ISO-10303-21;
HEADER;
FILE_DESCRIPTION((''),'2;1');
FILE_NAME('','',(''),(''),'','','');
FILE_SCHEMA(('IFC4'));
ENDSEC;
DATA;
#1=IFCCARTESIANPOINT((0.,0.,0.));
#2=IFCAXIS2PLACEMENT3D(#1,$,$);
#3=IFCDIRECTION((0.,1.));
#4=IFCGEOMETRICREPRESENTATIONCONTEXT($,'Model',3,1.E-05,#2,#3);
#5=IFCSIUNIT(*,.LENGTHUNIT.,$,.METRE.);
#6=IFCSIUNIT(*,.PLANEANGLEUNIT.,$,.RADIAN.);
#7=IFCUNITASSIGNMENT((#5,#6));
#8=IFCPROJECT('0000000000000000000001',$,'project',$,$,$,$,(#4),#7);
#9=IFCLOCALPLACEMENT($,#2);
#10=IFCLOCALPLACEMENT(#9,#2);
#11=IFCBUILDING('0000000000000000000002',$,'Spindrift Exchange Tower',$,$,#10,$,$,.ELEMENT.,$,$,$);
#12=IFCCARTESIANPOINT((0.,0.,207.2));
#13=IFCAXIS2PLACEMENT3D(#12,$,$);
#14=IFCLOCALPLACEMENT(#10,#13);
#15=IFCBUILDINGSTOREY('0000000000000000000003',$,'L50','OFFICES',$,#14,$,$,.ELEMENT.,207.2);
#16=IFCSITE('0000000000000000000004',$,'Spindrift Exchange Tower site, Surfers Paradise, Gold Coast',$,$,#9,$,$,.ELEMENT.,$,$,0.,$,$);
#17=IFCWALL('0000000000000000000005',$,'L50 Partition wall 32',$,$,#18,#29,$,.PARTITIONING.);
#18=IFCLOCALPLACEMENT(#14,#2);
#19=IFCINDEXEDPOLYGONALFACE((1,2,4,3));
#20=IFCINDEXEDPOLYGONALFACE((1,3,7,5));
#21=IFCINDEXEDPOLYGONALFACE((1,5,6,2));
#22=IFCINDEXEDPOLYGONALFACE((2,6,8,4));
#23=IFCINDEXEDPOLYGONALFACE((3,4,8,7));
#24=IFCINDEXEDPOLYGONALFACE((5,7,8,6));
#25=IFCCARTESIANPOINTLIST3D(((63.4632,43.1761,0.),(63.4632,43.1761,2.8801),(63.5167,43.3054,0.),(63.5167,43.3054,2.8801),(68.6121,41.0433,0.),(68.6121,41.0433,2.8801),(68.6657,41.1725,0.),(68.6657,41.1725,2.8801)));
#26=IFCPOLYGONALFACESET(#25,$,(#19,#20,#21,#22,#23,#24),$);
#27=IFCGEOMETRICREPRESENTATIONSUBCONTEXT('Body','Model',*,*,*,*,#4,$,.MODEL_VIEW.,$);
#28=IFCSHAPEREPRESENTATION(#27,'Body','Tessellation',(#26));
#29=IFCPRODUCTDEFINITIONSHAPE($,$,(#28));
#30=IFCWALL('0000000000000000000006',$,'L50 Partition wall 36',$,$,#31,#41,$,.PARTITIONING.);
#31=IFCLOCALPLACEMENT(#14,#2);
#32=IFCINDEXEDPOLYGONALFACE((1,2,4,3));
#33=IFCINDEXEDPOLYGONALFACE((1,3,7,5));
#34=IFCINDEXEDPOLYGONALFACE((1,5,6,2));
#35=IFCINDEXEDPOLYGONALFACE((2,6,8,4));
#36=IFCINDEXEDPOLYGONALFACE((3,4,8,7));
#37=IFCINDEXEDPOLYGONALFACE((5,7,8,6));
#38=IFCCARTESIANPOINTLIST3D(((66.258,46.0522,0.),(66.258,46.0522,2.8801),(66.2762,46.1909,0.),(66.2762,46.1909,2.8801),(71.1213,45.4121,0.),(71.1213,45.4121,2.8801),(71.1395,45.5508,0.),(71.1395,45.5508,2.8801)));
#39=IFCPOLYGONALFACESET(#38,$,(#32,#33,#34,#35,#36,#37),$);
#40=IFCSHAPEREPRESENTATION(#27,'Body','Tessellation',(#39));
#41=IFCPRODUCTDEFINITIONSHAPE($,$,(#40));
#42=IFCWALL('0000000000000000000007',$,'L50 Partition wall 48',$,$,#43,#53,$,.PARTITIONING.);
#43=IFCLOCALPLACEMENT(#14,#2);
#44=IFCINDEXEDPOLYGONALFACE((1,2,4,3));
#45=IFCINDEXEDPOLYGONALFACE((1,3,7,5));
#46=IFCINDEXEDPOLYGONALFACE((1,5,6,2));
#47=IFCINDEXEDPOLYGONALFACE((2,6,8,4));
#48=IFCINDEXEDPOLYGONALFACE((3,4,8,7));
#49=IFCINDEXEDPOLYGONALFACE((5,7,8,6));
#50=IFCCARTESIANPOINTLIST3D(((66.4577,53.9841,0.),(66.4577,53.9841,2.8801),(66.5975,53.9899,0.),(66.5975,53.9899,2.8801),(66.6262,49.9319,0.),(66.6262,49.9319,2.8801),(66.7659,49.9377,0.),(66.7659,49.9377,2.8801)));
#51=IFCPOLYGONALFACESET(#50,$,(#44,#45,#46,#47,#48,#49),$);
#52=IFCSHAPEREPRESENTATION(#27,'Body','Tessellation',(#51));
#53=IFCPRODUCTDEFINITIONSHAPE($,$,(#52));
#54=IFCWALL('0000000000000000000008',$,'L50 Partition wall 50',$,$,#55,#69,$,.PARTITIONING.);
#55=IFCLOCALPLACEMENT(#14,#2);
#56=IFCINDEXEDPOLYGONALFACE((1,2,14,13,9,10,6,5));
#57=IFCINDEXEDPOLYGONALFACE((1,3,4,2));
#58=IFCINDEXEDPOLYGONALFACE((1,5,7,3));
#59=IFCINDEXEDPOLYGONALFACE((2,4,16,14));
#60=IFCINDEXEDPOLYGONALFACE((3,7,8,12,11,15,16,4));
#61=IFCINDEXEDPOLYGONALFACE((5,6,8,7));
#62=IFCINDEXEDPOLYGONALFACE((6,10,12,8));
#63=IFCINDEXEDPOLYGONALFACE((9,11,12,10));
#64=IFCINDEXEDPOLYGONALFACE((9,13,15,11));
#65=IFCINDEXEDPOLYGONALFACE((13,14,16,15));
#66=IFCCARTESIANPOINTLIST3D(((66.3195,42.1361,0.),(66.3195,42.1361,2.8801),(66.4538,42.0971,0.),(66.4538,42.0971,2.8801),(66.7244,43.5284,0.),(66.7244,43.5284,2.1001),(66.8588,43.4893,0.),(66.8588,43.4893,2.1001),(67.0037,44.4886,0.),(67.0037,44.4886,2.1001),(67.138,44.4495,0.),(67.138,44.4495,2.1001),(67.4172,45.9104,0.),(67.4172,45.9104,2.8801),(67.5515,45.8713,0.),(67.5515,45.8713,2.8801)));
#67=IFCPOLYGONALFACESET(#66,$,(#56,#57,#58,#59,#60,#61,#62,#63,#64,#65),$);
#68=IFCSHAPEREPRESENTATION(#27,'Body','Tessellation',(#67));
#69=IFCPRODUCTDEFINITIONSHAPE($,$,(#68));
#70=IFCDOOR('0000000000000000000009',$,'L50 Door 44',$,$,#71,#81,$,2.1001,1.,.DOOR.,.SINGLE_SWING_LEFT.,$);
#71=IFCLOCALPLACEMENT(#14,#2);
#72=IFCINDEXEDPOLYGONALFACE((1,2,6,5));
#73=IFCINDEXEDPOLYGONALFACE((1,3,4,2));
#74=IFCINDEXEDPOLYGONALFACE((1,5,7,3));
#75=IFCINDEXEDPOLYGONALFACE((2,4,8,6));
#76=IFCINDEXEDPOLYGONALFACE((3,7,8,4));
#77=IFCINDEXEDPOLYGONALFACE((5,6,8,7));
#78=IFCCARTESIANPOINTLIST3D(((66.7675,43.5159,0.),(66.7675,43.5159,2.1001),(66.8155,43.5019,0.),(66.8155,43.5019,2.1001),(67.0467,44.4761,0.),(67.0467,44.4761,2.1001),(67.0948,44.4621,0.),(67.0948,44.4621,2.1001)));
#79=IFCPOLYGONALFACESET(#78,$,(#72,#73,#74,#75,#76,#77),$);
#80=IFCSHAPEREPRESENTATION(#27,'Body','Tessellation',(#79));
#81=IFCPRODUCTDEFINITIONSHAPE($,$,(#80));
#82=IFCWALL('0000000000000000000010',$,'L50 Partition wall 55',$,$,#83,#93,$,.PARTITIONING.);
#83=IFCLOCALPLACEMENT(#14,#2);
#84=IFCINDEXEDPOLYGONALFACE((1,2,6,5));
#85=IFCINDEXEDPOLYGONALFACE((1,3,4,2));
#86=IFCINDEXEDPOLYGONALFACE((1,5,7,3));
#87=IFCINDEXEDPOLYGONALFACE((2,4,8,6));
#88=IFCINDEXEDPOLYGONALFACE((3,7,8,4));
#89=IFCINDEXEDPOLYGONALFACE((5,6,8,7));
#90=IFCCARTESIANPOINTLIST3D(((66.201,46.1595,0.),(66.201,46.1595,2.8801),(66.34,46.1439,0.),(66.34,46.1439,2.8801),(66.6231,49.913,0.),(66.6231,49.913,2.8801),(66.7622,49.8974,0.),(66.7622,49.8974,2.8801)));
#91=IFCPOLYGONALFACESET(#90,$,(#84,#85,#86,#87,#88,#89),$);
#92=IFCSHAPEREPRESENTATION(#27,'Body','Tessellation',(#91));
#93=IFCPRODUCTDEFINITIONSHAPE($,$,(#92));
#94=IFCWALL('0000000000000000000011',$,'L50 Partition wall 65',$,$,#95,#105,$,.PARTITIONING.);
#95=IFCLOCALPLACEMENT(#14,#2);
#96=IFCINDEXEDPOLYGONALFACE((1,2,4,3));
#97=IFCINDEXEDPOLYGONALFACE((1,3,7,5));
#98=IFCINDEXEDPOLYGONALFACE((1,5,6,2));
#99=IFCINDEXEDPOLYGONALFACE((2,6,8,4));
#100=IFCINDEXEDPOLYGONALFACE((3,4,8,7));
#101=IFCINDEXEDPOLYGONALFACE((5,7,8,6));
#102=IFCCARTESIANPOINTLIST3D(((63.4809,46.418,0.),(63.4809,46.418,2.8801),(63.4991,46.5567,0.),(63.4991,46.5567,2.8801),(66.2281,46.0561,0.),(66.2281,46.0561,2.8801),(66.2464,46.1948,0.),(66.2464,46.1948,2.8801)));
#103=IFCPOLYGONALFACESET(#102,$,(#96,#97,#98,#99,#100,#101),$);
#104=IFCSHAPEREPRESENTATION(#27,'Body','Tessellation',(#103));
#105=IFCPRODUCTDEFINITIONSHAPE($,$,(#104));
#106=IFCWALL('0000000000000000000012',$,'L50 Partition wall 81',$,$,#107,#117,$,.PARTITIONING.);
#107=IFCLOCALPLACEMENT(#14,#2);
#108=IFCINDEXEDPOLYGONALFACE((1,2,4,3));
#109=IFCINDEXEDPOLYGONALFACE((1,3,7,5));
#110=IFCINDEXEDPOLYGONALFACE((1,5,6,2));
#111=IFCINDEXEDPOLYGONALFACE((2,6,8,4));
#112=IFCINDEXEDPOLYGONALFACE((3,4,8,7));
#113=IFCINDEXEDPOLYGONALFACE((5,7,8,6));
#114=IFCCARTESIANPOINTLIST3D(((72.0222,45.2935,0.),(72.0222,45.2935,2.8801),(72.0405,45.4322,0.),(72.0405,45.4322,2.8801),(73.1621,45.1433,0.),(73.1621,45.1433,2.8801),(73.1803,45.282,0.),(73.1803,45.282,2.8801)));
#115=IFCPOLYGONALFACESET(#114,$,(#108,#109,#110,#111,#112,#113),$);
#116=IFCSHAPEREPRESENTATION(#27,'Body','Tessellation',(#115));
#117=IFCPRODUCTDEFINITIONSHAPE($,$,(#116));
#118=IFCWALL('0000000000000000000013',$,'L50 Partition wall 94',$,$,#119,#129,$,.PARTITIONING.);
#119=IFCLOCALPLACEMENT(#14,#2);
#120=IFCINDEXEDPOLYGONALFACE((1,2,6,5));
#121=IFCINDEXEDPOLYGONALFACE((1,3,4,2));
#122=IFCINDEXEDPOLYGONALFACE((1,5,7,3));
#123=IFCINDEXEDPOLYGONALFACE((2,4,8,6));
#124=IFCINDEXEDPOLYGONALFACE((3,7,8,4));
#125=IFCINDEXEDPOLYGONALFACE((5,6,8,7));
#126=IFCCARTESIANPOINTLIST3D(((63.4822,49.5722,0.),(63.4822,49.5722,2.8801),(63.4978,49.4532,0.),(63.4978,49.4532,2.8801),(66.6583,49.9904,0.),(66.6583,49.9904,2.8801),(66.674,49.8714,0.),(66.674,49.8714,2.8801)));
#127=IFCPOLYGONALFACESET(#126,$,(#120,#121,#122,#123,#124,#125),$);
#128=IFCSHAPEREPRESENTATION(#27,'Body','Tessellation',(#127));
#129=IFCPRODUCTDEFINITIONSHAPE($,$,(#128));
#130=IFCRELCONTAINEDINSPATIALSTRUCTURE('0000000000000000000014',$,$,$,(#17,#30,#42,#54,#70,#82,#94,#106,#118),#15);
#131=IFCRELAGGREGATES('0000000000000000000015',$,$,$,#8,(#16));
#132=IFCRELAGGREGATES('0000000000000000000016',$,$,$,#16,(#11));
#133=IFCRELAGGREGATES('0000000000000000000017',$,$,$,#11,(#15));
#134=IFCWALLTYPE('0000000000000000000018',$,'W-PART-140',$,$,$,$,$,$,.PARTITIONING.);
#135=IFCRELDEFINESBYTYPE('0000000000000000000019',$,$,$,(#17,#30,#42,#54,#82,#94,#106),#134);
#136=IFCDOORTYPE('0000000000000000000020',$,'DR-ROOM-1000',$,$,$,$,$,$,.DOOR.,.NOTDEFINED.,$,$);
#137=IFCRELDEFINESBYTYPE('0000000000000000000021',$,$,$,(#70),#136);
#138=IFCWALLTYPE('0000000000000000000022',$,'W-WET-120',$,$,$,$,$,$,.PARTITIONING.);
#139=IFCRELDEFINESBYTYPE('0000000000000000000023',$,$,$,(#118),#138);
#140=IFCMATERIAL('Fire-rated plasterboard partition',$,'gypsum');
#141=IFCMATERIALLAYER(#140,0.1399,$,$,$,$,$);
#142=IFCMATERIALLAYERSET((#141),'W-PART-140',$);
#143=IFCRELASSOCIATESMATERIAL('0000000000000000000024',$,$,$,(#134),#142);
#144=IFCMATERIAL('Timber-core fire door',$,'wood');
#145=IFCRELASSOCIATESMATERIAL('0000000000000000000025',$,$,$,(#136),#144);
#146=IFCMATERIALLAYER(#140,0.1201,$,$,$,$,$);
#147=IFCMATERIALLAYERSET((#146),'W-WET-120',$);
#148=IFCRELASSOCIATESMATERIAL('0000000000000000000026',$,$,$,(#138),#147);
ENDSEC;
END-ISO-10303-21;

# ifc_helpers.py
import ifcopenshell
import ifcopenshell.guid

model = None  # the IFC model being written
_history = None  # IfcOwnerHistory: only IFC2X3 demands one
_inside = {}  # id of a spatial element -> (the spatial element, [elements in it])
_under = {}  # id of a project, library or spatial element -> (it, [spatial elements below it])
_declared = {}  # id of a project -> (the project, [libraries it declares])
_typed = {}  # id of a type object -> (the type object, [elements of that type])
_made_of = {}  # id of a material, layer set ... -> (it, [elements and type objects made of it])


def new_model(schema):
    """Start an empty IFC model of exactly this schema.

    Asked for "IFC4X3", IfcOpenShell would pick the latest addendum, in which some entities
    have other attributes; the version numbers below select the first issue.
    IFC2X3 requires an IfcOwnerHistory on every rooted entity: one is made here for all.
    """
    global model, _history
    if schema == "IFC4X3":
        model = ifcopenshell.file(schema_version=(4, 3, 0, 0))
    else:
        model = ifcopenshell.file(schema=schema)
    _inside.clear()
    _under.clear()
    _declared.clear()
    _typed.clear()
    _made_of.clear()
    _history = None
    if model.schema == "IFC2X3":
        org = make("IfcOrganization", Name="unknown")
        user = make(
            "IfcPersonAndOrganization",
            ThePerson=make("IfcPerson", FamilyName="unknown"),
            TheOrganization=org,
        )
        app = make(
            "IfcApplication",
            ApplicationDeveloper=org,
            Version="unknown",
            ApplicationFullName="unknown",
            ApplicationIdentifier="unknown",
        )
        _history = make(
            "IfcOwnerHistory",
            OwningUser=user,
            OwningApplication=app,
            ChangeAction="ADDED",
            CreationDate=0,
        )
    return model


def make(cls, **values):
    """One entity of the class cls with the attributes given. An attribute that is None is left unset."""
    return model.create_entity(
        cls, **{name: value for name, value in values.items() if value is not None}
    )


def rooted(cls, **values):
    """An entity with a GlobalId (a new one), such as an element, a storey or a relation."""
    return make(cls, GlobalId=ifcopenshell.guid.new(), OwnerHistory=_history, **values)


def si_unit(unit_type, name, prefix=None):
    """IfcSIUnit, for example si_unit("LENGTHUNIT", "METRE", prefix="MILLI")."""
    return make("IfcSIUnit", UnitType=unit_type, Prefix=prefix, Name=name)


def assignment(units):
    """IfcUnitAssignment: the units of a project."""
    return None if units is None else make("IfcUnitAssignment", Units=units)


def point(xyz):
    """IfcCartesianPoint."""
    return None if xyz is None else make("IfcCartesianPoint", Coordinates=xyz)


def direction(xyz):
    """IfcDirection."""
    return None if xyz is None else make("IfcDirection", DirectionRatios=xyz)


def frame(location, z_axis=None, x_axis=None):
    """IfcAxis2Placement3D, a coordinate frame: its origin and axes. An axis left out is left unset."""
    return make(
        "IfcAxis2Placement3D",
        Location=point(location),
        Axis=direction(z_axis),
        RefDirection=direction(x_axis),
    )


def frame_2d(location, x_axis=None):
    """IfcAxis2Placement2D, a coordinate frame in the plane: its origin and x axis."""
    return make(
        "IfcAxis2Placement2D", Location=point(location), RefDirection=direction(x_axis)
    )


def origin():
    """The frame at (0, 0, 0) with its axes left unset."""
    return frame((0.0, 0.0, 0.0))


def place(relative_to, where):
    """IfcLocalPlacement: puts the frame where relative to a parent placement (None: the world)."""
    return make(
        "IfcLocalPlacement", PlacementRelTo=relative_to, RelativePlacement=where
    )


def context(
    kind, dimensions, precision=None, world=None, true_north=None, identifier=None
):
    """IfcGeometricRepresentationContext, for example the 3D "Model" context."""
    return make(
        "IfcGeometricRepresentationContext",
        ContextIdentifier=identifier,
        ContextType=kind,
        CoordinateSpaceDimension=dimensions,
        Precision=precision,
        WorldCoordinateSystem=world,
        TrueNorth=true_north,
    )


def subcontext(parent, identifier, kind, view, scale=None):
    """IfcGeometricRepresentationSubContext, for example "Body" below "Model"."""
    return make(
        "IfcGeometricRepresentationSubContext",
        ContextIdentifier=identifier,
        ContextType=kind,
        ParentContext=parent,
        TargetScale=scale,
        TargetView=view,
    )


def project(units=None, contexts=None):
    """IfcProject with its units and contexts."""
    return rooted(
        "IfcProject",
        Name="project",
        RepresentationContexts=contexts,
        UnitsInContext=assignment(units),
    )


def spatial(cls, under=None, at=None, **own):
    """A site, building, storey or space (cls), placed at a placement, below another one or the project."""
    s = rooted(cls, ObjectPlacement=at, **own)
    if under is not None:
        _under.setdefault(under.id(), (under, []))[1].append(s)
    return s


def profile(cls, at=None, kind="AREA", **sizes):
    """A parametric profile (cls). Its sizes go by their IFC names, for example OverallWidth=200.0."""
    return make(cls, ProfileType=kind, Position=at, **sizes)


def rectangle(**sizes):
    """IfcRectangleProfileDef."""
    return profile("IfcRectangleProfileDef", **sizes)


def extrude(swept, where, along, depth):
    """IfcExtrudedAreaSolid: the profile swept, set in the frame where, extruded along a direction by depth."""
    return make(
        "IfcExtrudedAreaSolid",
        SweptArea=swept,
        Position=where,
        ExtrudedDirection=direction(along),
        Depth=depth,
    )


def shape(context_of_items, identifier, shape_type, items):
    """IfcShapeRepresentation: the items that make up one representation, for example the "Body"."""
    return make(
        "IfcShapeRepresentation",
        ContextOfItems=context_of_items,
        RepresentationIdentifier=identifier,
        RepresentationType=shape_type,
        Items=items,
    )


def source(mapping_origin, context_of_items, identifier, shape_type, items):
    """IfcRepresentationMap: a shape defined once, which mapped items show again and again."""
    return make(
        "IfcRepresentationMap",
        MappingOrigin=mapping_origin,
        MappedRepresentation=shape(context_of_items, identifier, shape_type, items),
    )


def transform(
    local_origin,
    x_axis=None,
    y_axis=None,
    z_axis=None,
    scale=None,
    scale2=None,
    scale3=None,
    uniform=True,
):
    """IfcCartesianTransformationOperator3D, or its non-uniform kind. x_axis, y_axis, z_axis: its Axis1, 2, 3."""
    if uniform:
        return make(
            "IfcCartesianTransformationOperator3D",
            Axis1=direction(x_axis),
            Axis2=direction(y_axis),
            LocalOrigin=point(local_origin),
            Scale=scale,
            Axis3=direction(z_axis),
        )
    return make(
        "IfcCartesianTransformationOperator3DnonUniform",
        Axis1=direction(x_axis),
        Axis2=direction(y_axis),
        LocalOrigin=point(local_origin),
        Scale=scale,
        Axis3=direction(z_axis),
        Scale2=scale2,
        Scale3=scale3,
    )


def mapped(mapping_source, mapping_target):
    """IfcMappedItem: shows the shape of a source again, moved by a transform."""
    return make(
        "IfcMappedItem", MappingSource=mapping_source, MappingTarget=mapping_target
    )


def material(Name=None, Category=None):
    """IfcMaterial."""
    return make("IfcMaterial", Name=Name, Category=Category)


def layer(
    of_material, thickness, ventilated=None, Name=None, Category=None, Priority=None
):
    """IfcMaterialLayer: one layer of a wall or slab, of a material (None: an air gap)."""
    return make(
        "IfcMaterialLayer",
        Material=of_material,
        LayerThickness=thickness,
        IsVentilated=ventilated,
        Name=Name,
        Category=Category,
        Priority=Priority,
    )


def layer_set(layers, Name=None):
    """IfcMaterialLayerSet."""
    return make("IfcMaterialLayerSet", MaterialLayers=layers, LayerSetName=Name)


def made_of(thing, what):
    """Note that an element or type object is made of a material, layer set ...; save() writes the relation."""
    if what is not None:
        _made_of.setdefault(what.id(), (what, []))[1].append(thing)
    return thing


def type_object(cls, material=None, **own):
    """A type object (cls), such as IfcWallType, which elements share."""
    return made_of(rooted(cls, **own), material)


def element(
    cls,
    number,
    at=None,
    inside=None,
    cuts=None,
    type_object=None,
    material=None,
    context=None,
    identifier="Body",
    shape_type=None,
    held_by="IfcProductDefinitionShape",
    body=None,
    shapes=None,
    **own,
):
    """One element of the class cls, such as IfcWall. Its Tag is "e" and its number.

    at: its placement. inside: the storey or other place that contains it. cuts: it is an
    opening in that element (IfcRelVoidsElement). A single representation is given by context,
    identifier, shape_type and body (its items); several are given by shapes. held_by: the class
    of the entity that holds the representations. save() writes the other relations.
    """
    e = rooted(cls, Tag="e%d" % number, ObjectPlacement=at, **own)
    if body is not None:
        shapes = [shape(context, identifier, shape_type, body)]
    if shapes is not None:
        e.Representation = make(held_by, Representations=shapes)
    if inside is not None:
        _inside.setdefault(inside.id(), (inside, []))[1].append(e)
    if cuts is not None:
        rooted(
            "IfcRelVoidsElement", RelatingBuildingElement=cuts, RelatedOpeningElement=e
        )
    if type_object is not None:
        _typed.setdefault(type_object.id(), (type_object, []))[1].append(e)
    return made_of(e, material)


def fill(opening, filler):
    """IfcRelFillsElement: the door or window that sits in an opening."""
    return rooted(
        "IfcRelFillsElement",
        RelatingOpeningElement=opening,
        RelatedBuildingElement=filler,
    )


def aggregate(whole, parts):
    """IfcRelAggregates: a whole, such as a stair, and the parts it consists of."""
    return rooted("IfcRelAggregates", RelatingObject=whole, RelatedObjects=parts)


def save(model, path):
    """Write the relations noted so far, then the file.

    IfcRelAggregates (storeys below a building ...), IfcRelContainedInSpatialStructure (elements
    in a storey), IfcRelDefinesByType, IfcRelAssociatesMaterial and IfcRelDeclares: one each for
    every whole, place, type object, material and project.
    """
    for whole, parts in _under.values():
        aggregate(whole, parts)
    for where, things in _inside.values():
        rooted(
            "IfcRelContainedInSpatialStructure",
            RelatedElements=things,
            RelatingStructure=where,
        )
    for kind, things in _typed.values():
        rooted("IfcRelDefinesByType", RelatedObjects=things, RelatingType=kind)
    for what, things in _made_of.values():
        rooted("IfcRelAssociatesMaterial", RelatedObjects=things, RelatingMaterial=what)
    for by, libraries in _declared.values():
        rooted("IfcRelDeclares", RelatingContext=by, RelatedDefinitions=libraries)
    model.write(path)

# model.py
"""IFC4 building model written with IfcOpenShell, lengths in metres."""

from ifc_helpers import new_model, si_unit, direction, frame, frame_2d, origin, place, context, subcontext, project, spatial, rectangle, extrude, source, transform, mapped, material, layer, layer_set, type_object, element, fill, save


model = new_model("IFC4")

# Units and contexts
model_context = context("Model", 3, precision=1e-05, world=origin(), true_north=direction((0.0, 1.0)))
body_context = subcontext(model_context, "Body", "Model", "MODEL_VIEW")
ifc_project = project(units=[si_unit("LENGTHUNIT", "METRE"), si_unit("PLANEANGLEUNIT", "RADIAN")], contexts=[model_context])

# Site, building, storey
site_placement = place(None, origin())
site = spatial("IfcSite", under=ifc_project, at=site_placement, Name="Spindrift Exchange Tower site, Surfers Paradise, Gold Coast", CompositionType="ELEMENT", RefElevation=0.0)
building_placement = place(site_placement, origin())
building = spatial("IfcBuilding", under=site, at=building_placement, Name="Spindrift Exchange Tower", CompositionType="ELEMENT")
storey_placement = place(building_placement, frame((0.0, 0.0, 207.2)))
storey = spatial("IfcBuildingStorey", under=building, at=storey_placement, Name="L50", Description="OFFICES", CompositionType="ELEMENT", Elevation=207.2)

# Walls
ifc_material_1 = material(Name="Fire-rated plasterboard partition", Category="gypsum")
ifc_layer_1 = layer(ifc_material_1, 0.1399)
ifc_layer_set_1 = layer_set([ifc_layer_1], Name="W-PART-140")
wall_type_1 = type_object("IfcWallType", Name="W-PART-140", PredefinedType="PARTITIONING", material=ifc_layer_set_1)
wall_1_placement = place(storey_placement, frame((68.6389, 41.1079, 0.0), z_axis=(0.0, 0.0, 1.0), x_axis=(-0.923876, 0.382692, 0.0)))
element("IfcWall", 1, at=wall_1_placement, inside=storey, type_object=wall_type_1, Name="L50 Partition wall 32", PredefinedType="PARTITIONING", context=body_context, shape_type="SweptSolid", body=[
    extrude(rectangle(XDim=5.5732, YDim=0.1399, at=frame_2d((2.7866, 0.0))), origin(), (0.0, 0.0, 1.0), 2.8801),
])
wall_2_placement = place(storey_placement, frame((66.2671, 46.1216, 0.0), z_axis=(0.0, 0.0, 1.0), x_axis=(0.991448, -0.130501, 0.0)))
element("IfcWall", 2, at=wall_2_placement, inside=storey, type_object=wall_type_1, Name="L50 Partition wall 36", PredefinedType="PARTITIONING", context=body_context, shape_type="SweptSolid", body=[
    extrude(rectangle(XDim=4.9053, YDim=0.1399, at=frame_2d((2.4526, 0.0))), origin(), (0.0, 0.0, 1.0), 2.8801),
])
wall_3_placement = place(storey_placement, frame((66.696, 49.9348, 0.0), z_axis=(0.0, 0.0, 1.0), x_axis=(-0.041535, 0.999137, 0.0)))
element("IfcWall", 3, at=wall_3_placement, inside=storey, type_object=wall_type_1, Name="L50 Partition wall 48", PredefinedType="PARTITIONING", context=body_context, shape_type="SweptSolid", body=[
    extrude(rectangle(XDim=4.0557, YDim=0.1399, at=frame_2d((2.0278, 0.0))), origin(), (0.0, 0.0, 1.0), 2.8801),
])

# Wall, opening, door
wall_4_placement = place(storey_placement, frame((67.4844, 45.8909, 0.0), z_axis=(0.0, 0.0, 1.0), x_axis=(-0.279263, -0.960215, 0.0)))
wall_4 = element("IfcWall", 4, at=wall_4_placement, inside=storey, type_object=wall_type_1, Name="L50 Partition wall 50", PredefinedType="PARTITIONING", context=body_context, shape_type="SweptSolid", body=[
    extrude(rectangle(XDim=3.9307, YDim=0.1399, at=frame_2d((1.9653, 0.0))), origin(), (0.0, 0.0, 1.0), 2.8801),
])
opening_placement = place(wall_4_placement, frame((1.4807, 0.0, 0.0)))
opening = element("IfcOpeningElement", 5, at=opening_placement, cuts=wall_4, PredefinedType="OPENING", context=body_context, shape_type="SweptSolid", body=[
    extrude(rectangle(XDim=1.0, YDim=2.1001, at=frame_2d((0.5, 1.05))), frame((0.0, 0.0798, 0.0), z_axis=(0.0, -1.0, 0.0), x_axis=(1.0, 0.0, 0.0)), (0.0, 0.0, 1.0), 0.1599),
])
ifc_material_2 = material(Name="Timber-core fire door", Category="wood")
door_type = type_object("IfcDoorType", Name="DR-ROOM-1000", OperationType="NOTDEFINED", PredefinedType="DOOR", material=ifc_material_2)
shared_shape_1 = source(origin(), body_context, "Body", "SweptSolid", [
    extrude(rectangle(XDim=1.0, YDim=2.1001, at=frame_2d((0.5, 1.05))), frame((0.0, 0.0249, 0.0), z_axis=(0.0, -1.0, 0.0), x_axis=(1.0, 0.0, 0.0)), (0.0, 0.0, 1.0), 0.05),
])
door_placement = place(opening_placement, origin())
door = element("IfcDoor", 6, at=door_placement, inside=storey, type_object=door_type, Name="L50 Door 44", OperationType="SINGLE_SWING_LEFT", OverallHeight=2.1001, OverallWidth=1.0, PredefinedType="DOOR", context=body_context, shape_type="MappedRepresentation", body=[
    mapped(shared_shape_1, transform((0.0, 0.0, 0.0), scale=1.0)),
])
fill(opening, door)

# Walls
wall_5_placement = place(storey_placement, frame((66.2705, 46.1516, 0.0), z_axis=(0.0, 0.0, 1.0), x_axis=(0.111758, 0.993735, 0.0)))
element("IfcWall", 7, at=wall_5_placement, inside=storey, type_object=wall_type_1, Name="L50 Partition wall 55", PredefinedType="PARTITIONING", context=body_context, shape_type="SweptSolid", body=[
    extrude(rectangle(XDim=3.7771, YDim=0.1399, at=frame_2d((1.8887, 0.0))), origin(), (0.0, 0.0, 1.0), 2.8801),
])
wall_6_placement = place(storey_placement, frame((63.49, 46.4873, 0.0), z_axis=(0.0, 0.0, 1.0), x_axis=(0.991439, -0.130571, 0.0)))
element("IfcWall", 8, at=wall_6_placement, inside=storey, type_object=wall_type_1, Name="L50 Partition wall 65", PredefinedType="PARTITIONING", context=body_context, shape_type="SweptSolid", body=[
    extrude(rectangle(XDim=2.771, YDim=0.1399, at=frame_2d((1.3855, 0.0))), origin(), (0.0, 0.0, 1.0), 2.8801),
])
wall_7_placement = place(storey_placement, frame((72.0315, 45.3628, 0.0), z_axis=(0.0, 0.0, 1.0), x_axis=(0.991436, -0.130592, 0.0)))
element("IfcWall", 9, at=wall_7_placement, inside=storey, type_object=wall_type_1, Name="L50 Partition wall 81", PredefinedType="PARTITIONING", context=body_context, shape_type="SweptSolid", body=[
    extrude(rectangle(XDim=1.1497, YDim=0.1399, at=frame_2d((0.5747, 0.0))), origin(), (0.0, 0.0, 1.0), 2.8801),
])
ifc_layer_2 = layer(ifc_material_1, 0.1201)
ifc_layer_set_2 = layer_set([ifc_layer_2], Name="W-WET-120")
wall_type_2 = type_object("IfcWallType", Name="W-WET-120", PredefinedType="PARTITIONING", material=ifc_layer_set_2)
wall_8_placement = place(storey_placement, frame((63.49, 49.5127, 0.0), z_axis=(0.0, 0.0, 1.0), x_axis=(0.991443, 0.130541, 0.0)))
element("IfcWall", 10, at=wall_8_placement, inside=storey, type_object=wall_type_2, Name="L50 Partition wall 94", PredefinedType="PARTITIONING", context=body_context, shape_type="SweptSolid", body=[
    extrude(rectangle(XDim=3.2036, YDim=0.1201, at=frame_2d((1.6018, 0.0))), origin(), (0.0, 0.0, 1.0), 2.8801),
])

save(model, "model.ifc")
